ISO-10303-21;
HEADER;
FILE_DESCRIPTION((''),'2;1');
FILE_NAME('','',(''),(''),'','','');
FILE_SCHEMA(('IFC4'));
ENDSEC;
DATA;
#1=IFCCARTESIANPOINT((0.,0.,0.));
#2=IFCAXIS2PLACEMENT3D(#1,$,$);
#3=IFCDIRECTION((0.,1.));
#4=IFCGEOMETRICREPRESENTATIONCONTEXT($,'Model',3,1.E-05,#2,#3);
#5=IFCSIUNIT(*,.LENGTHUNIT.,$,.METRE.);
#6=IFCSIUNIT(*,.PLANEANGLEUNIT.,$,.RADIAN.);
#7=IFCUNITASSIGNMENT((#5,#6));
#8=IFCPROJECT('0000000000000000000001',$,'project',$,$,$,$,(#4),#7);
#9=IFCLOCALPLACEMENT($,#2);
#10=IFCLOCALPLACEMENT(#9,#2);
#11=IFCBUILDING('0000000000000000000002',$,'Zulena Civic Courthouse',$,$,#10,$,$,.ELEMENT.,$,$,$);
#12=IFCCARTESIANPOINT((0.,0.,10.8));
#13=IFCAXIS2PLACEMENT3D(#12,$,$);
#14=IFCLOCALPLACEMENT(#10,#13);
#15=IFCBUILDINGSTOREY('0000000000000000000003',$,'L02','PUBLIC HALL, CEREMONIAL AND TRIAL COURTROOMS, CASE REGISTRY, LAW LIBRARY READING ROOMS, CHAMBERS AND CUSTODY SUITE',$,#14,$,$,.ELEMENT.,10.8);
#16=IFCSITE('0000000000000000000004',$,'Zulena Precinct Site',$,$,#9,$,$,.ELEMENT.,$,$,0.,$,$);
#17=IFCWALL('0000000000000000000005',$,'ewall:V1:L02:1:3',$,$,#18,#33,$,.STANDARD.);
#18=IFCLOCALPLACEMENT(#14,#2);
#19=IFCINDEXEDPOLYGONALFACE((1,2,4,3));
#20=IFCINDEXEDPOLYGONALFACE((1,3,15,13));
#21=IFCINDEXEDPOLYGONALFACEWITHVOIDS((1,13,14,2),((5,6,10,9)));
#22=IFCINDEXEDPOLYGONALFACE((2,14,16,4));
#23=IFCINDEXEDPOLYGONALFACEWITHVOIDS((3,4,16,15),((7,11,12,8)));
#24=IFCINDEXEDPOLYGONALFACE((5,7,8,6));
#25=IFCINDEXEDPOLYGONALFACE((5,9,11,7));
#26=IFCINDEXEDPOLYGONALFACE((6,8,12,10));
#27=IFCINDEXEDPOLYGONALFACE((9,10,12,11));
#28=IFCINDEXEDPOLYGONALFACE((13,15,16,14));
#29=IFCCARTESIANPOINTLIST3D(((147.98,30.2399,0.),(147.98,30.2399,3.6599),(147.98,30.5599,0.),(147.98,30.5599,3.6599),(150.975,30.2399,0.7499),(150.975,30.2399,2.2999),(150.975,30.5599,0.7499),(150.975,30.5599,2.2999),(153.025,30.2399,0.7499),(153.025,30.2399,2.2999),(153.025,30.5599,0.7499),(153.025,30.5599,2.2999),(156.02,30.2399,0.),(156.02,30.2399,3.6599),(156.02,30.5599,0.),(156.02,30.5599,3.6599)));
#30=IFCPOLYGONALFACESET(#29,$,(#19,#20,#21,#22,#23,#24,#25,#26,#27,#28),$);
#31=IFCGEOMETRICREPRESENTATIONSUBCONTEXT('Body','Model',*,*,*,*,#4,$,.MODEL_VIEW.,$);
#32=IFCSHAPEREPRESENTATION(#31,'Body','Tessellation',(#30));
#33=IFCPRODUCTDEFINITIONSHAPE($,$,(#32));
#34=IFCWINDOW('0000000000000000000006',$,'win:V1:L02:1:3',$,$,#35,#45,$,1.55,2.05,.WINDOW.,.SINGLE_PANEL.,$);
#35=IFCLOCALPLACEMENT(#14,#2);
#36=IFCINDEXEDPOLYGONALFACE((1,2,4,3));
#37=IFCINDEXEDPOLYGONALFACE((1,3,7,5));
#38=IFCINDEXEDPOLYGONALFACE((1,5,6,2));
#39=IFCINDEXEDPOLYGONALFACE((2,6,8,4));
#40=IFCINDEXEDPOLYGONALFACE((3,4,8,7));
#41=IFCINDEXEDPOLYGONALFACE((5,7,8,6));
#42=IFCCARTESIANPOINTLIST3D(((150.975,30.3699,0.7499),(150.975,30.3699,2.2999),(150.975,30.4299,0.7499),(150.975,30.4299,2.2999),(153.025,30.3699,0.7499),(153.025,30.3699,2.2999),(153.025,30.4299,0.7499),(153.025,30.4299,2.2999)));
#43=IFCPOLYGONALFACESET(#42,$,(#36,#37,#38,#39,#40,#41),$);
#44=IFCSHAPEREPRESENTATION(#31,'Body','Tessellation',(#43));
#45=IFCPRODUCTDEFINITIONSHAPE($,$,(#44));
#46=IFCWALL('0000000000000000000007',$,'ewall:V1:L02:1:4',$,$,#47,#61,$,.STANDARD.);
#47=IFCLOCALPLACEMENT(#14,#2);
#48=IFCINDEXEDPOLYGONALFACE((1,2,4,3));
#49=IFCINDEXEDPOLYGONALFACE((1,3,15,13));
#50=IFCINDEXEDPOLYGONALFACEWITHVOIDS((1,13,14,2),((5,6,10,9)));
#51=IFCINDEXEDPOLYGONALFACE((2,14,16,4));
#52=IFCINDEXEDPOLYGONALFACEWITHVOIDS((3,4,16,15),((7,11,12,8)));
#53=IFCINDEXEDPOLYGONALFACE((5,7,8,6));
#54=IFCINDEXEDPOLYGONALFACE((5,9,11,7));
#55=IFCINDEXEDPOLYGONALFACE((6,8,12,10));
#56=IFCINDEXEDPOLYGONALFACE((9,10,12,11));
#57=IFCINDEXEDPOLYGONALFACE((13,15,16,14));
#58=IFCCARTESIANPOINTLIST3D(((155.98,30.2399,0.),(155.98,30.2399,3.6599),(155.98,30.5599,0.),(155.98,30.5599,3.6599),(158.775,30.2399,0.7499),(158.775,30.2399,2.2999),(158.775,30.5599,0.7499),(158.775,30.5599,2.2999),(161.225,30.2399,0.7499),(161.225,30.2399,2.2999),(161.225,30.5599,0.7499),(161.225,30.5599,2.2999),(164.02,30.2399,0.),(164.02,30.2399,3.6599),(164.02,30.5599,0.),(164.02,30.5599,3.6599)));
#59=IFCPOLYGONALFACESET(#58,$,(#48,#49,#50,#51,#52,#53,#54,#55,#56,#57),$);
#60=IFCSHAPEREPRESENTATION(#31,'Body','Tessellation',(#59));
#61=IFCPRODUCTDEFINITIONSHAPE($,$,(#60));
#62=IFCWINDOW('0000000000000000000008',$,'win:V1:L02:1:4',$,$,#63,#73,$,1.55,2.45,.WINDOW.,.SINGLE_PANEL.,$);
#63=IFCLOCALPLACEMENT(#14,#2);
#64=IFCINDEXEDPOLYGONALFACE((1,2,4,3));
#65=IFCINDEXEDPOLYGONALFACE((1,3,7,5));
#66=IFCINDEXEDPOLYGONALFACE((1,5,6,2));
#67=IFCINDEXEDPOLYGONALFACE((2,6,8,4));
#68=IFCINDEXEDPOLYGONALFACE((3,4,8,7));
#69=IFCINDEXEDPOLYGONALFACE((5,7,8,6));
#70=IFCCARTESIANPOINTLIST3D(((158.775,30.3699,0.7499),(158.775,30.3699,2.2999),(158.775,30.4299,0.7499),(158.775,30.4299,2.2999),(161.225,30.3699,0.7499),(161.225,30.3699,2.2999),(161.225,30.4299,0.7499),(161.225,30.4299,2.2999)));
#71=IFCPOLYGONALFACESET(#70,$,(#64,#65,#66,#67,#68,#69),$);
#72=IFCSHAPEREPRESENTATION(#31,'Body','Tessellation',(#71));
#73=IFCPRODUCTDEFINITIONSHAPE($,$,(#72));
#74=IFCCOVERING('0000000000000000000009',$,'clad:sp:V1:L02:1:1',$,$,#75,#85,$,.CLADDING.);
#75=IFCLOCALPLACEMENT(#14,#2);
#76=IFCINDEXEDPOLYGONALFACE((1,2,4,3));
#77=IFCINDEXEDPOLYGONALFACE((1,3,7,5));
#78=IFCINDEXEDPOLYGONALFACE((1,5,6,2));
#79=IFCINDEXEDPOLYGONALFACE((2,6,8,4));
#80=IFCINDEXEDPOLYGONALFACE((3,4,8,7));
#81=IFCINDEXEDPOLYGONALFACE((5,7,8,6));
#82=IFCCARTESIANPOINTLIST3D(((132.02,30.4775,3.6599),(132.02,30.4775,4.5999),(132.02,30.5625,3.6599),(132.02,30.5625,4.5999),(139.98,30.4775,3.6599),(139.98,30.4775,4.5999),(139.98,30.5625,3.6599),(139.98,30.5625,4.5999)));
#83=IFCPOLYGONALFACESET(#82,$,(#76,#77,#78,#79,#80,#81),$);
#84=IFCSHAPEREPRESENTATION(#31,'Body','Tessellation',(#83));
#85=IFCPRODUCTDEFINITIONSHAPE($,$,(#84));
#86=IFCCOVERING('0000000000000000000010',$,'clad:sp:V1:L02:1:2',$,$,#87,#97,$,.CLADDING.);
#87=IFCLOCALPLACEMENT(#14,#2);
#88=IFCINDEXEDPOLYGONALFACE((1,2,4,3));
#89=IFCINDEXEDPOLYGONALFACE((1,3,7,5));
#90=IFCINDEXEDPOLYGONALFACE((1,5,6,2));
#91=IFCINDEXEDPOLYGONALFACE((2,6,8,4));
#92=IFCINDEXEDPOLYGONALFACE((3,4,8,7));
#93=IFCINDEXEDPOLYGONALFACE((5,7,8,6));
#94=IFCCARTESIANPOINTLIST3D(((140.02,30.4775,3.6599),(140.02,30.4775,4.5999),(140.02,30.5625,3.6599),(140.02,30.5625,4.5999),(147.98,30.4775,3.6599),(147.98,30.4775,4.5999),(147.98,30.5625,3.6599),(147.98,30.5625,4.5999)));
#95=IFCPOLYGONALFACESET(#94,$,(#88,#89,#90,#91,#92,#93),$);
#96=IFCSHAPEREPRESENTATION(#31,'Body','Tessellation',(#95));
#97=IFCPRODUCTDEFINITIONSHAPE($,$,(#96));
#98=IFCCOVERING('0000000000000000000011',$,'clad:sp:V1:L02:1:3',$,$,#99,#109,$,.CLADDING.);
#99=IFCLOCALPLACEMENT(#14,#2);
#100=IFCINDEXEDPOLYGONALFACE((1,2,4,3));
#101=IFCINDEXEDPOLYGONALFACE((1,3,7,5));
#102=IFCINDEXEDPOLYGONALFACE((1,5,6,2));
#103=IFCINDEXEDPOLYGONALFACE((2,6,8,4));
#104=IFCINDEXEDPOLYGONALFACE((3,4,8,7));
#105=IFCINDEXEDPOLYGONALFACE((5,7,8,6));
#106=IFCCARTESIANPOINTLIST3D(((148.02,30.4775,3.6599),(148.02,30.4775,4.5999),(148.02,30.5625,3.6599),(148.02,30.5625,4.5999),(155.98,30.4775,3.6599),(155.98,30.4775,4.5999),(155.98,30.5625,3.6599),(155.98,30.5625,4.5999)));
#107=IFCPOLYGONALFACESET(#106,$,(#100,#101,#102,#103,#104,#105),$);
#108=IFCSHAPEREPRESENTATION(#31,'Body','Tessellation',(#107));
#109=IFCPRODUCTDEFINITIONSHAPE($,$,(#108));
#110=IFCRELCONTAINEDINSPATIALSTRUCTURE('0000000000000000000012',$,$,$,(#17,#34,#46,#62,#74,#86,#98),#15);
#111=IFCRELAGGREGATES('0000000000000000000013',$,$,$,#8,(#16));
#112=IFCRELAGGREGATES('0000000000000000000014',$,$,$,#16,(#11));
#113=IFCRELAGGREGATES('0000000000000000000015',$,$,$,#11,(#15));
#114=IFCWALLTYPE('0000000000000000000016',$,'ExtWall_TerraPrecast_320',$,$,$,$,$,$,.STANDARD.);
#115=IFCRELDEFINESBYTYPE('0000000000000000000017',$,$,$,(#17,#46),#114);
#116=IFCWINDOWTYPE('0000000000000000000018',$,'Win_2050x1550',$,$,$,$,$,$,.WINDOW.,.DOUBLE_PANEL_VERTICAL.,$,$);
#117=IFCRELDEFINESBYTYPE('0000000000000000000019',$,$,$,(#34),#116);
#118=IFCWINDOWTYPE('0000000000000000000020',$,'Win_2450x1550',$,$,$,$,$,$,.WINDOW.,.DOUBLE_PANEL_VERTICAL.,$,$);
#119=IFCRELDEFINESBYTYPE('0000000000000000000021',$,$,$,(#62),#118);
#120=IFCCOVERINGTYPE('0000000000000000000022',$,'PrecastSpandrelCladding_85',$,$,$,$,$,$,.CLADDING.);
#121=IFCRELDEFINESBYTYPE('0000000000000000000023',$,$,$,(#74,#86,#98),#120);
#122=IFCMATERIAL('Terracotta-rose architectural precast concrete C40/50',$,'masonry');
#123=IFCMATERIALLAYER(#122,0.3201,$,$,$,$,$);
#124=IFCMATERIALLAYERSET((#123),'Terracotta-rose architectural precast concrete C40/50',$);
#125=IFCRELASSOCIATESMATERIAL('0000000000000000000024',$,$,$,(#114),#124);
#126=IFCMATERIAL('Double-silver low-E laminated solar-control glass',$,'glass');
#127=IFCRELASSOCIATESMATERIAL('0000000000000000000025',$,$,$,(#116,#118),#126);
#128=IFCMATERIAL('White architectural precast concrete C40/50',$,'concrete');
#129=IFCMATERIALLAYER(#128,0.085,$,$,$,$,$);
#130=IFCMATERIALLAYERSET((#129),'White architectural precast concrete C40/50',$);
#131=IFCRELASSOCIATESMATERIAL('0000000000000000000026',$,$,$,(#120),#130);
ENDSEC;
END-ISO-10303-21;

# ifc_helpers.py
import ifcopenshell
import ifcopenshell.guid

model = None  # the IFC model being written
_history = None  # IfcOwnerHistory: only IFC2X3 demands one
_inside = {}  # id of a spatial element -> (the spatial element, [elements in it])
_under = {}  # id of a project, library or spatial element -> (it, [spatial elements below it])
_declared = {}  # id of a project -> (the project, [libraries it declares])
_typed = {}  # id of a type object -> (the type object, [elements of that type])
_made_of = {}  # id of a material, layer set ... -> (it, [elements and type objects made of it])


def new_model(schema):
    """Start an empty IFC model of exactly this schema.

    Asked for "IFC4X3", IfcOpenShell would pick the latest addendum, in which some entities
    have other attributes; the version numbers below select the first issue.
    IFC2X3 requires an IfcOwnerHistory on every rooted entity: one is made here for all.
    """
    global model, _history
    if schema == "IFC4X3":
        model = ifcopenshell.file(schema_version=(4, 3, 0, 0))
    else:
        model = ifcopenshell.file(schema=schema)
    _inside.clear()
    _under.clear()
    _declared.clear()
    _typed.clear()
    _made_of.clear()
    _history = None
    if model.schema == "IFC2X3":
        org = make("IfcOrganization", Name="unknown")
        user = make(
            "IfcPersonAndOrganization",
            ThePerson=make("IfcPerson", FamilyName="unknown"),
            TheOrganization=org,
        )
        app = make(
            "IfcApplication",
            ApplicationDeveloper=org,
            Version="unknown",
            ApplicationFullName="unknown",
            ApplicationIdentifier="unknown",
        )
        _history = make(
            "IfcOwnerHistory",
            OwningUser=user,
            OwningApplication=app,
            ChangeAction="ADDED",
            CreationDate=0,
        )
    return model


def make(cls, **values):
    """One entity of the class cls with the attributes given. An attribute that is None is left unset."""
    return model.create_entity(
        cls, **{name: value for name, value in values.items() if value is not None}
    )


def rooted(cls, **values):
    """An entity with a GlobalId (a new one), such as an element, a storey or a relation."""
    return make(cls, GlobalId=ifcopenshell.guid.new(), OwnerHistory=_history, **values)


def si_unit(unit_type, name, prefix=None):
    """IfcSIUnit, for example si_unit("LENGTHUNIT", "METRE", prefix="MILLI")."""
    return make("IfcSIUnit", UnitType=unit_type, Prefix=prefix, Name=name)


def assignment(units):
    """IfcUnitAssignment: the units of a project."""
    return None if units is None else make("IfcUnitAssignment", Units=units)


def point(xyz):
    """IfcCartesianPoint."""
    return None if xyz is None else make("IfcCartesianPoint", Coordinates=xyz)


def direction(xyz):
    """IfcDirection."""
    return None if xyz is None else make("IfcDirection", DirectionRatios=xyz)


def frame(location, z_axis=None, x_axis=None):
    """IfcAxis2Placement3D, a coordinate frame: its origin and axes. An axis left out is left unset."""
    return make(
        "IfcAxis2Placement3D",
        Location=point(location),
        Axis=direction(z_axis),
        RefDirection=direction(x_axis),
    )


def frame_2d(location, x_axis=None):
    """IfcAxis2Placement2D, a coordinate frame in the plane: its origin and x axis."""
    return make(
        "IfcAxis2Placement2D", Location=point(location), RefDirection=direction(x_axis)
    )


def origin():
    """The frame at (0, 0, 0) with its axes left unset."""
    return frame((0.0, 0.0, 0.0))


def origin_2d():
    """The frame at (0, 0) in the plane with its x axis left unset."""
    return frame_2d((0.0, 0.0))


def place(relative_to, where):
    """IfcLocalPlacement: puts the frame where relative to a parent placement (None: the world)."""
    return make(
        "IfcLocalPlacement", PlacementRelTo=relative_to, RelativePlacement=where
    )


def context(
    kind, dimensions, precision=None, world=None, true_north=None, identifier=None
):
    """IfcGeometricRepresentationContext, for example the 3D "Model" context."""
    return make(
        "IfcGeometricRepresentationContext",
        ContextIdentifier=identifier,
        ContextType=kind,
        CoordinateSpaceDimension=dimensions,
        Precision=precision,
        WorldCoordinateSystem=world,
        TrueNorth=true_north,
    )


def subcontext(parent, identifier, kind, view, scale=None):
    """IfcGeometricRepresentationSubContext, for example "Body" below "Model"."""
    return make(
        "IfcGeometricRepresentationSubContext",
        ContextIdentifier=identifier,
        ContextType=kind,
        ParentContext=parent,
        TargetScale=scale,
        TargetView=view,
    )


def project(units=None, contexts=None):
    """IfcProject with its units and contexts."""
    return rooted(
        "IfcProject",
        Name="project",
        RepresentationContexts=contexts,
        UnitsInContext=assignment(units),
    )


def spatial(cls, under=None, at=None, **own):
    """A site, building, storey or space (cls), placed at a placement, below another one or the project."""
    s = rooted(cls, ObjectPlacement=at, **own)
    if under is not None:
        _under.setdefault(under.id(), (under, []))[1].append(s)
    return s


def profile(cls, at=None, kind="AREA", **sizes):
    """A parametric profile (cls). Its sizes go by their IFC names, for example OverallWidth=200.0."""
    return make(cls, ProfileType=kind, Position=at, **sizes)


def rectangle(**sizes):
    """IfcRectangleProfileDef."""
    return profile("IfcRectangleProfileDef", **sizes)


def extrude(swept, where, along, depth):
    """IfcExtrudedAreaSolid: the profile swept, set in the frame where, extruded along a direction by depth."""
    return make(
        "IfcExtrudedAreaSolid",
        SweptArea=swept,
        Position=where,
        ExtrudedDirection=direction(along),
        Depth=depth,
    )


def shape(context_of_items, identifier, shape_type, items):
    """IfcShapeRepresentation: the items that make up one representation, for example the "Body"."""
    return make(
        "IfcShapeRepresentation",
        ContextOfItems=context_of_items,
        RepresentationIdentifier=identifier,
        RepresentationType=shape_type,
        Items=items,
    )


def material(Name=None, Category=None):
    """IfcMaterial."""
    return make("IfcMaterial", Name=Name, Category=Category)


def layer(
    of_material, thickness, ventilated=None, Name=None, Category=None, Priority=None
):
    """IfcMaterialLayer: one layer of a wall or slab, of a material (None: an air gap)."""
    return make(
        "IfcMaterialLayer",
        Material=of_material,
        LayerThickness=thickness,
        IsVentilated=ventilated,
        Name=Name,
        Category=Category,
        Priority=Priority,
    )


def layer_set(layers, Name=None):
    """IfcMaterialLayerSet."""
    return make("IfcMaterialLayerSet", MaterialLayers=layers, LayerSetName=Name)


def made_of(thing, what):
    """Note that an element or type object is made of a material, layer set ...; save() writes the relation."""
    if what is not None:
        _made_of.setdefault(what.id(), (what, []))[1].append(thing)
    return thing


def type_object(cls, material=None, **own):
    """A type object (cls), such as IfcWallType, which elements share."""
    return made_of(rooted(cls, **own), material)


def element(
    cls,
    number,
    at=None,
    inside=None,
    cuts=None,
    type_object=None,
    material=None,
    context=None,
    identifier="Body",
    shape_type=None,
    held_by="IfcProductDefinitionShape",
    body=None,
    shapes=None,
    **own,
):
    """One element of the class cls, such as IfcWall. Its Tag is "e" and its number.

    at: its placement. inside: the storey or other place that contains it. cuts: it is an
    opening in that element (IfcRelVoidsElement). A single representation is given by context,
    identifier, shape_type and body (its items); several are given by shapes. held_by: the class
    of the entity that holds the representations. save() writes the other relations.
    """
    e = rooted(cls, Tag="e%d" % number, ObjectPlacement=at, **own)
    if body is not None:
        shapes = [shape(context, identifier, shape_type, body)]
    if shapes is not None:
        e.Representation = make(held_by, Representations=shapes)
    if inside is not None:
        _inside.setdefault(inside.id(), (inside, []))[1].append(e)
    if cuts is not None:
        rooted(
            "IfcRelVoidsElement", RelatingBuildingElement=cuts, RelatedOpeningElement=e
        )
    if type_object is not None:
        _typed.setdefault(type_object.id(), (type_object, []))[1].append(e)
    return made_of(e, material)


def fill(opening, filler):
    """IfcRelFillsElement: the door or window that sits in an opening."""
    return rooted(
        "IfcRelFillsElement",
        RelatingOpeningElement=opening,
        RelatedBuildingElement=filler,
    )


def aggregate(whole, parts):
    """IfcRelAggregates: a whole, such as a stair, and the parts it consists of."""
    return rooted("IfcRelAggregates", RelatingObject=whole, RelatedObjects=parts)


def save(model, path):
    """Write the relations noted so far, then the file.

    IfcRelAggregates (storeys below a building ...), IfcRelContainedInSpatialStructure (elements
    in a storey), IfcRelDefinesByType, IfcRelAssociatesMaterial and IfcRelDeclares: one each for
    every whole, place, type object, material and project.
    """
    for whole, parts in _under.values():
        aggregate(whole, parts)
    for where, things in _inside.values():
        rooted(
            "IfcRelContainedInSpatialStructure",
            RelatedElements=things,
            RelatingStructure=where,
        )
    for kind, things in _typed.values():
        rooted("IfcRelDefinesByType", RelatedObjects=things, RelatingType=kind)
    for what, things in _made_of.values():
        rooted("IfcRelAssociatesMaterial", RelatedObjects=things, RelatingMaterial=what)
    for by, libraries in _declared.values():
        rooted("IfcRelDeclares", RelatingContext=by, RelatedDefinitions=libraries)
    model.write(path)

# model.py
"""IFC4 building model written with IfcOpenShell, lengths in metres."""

from ifc_helpers import new_model, si_unit, direction, frame, frame_2d, origin, origin_2d, place, context, subcontext, project, spatial, rectangle, extrude, material, layer, layer_set, type_object, element, fill, save


model = new_model("IFC4")

# Units and contexts
model_context = context("Model", 3, precision=1e-05, world=origin(), true_north=direction((0.0, 1.0)))
body_context = subcontext(model_context, "Body", "Model", "MODEL_VIEW")
ifc_project = project(units=[si_unit("LENGTHUNIT", "METRE"), si_unit("PLANEANGLEUNIT", "RADIAN")], contexts=[model_context])

# Site, building, storey
site_placement = place(None, origin())
site = spatial("IfcSite", under=ifc_project, at=site_placement, Name="Zulena Precinct Site", CompositionType="ELEMENT", RefElevation=0.0)
building_placement = place(site_placement, origin())
building = spatial("IfcBuilding", under=site, at=building_placement, Name="Zulena Civic Courthouse", CompositionType="ELEMENT")
storey_placement = place(building_placement, frame((0.0, 0.0, 10.8)))
storey = spatial("IfcBuildingStorey", under=building, at=storey_placement, Name="L02", Description="PUBLIC HALL, CEREMONIAL AND TRIAL COURTROOMS, CASE REGISTRY, LAW LIBRARY READING ROOMS, CHAMBERS AND CUSTODY SUITE", CompositionType="ELEMENT", Elevation=10.8)

# Shared definitions
ifc_material_1 = material(Name="Double-silver low-E laminated solar-control glass", Category="glass")

# Walls, openings, windows
ifc_material_2 = material(Name="Terracotta-rose architectural precast concrete C40/50", Category="masonry")
ifc_layer_1 = layer(ifc_material_2, 0.3201)
ifc_layer_set_1 = layer_set([ifc_layer_1], Name="Terracotta-rose architectural precast concrete C40/50")
wall_type = type_object("IfcWallType", Name="ExtWall_TerraPrecast_320", PredefinedType="STANDARD", material=ifc_layer_set_1)
wall_1_placement = place(storey_placement, frame((147.98, 30.3999, 0.0), z_axis=(0.0, 0.0, 1.0), x_axis=(1.0, 0.0, 0.0)))
wall_1 = element("IfcWall", 1, at=wall_1_placement, inside=storey, type_object=wall_type, Name="ewall:V1:L02:1:3", PredefinedType="STANDARD", context=body_context, shape_type="SweptSolid", body=[
    extrude(rectangle(XDim=8.04, YDim=0.3201, at=frame_2d((4.02, 0.0))), origin(), (0.0, 0.0, 1.0), 3.6599),
])
opening_1_placement = place(wall_1_placement, frame((2.9951, 0.0, 0.75)))
opening_1 = element("IfcOpeningElement", 2, at=opening_1_placement, cuts=wall_1, PredefinedType="OPENING", context=body_context, shape_type="SweptSolid", body=[
    extrude(rectangle(XDim=2.05, YDim=1.55, at=frame_2d((1.0249, 0.7749))), frame((0.0, 0.1699, 0.0), z_axis=(0.0, -1.0, 0.0), x_axis=(1.0, 0.0, 0.0)), (0.0, 0.0, 1.0), 0.3401),
])
window_type_1 = type_object("IfcWindowType", Name="Win_2050x1550", PartitioningType="DOUBLE_PANEL_VERTICAL", PredefinedType="WINDOW", material=ifc_material_1)
window_1_placement = place(opening_1_placement, origin())
window_1 = element("IfcWindow", 3, at=window_1_placement, inside=storey, type_object=window_type_1, Name="win:V1:L02:1:3", OverallHeight=1.55, OverallWidth=2.05, PartitioningType="SINGLE_PANEL", PredefinedType="WINDOW", context=body_context, shape_type="SweptSolid", body=[
    extrude(rectangle(XDim=2.05, YDim=1.55, at=frame_2d((1.0249, 0.7749))), frame((0.0, 0.03, 0.0), z_axis=(0.0, -1.0, 0.0), x_axis=(1.0, 0.0, 0.0)), (0.0, 0.0, 1.0), 0.0601),
])
fill(opening_1, window_1)
wall_2_placement = place(storey_placement, frame((155.98, 30.3999, 0.0), z_axis=(0.0, 0.0, 1.0), x_axis=(1.0, 0.0, 0.0)))
wall_2 = element("IfcWall", 4, at=wall_2_placement, inside=storey, type_object=wall_type, Name="ewall:V1:L02:1:4", PredefinedType="STANDARD", context=body_context, shape_type="SweptSolid", body=[
    extrude(rectangle(XDim=8.04, YDim=0.3201, at=frame_2d((4.02, 0.0))), origin(), (0.0, 0.0, 1.0), 3.6599),
])
opening_2_placement = place(wall_2_placement, frame((2.7949, 0.0, 0.75)))
opening_2 = element("IfcOpeningElement", 5, at=opening_2_placement, cuts=wall_2, PredefinedType="OPENING", context=body_context, shape_type="SweptSolid", body=[
    extrude(rectangle(XDim=2.45, YDim=1.55, at=frame_2d((1.2251, 0.7749))), frame((0.0, 0.1699, 0.0), z_axis=(0.0, -1.0, 0.0), x_axis=(1.0, 0.0, 0.0)), (0.0, 0.0, 1.0), 0.3401),
])
window_type_2 = type_object("IfcWindowType", Name="Win_2450x1550", PartitioningType="DOUBLE_PANEL_VERTICAL", PredefinedType="WINDOW", material=ifc_material_1)
window_2_placement = place(opening_2_placement, origin())
window_2 = element("IfcWindow", 6, at=window_2_placement, inside=storey, type_object=window_type_2, Name="win:V1:L02:1:4", OverallHeight=1.55, OverallWidth=2.45, PartitioningType="SINGLE_PANEL", PredefinedType="WINDOW", context=body_context, shape_type="SweptSolid", body=[
    extrude(rectangle(XDim=2.45, YDim=1.55, at=frame_2d((1.2251, 0.7749))), frame((0.0, 0.03, 0.0), z_axis=(0.0, -1.0, 0.0), x_axis=(1.0, 0.0, 0.0)), (0.0, 0.0, 1.0), 0.0601),
])
fill(opening_2, window_2)

# Coverings
ifc_material_3 = material(Name="White architectural precast concrete C40/50", Category="concrete")
ifc_layer_2 = layer(ifc_material_3, 0.085)
ifc_layer_set_2 = layer_set([ifc_layer_2], Name="White architectural precast concrete C40/50")
covering_type = type_object("IfcCoveringType", Name="PrecastSpandrelCladding_85", PredefinedType="CLADDING", material=ifc_layer_set_2)
for number, where, z_axis, x_axis, name in (
    (7, (136.0, 30.52, 3.6599), (0.0, 0.0, 1.0), (1.0, 0.0, 0.0), "clad:sp:V1:L02:1:1"),
    (8, (144.0, 30.52, 3.6599), (0.0, 0.0, 1.0), (1.0, 0.0, 0.0), "clad:sp:V1:L02:1:2"),
    (9, (152.0, 30.52, 3.6599), (0.0, 0.0, 1.0), (1.0, 0.0, 0.0), "clad:sp:V1:L02:1:3"),
):
    element("IfcCovering", number, at=place(storey_placement, frame(where, z_axis=z_axis, x_axis=x_axis)), inside=storey, type_object=covering_type, Name=name, PredefinedType="CLADDING", context=body_context, shape_type="SweptSolid", body=[
        extrude(rectangle(XDim=7.96, YDim=0.085, at=origin_2d()), origin(), (0.0, 0.0, 1.0), 0.9399),
    ])

save(model, "model.ifc")
